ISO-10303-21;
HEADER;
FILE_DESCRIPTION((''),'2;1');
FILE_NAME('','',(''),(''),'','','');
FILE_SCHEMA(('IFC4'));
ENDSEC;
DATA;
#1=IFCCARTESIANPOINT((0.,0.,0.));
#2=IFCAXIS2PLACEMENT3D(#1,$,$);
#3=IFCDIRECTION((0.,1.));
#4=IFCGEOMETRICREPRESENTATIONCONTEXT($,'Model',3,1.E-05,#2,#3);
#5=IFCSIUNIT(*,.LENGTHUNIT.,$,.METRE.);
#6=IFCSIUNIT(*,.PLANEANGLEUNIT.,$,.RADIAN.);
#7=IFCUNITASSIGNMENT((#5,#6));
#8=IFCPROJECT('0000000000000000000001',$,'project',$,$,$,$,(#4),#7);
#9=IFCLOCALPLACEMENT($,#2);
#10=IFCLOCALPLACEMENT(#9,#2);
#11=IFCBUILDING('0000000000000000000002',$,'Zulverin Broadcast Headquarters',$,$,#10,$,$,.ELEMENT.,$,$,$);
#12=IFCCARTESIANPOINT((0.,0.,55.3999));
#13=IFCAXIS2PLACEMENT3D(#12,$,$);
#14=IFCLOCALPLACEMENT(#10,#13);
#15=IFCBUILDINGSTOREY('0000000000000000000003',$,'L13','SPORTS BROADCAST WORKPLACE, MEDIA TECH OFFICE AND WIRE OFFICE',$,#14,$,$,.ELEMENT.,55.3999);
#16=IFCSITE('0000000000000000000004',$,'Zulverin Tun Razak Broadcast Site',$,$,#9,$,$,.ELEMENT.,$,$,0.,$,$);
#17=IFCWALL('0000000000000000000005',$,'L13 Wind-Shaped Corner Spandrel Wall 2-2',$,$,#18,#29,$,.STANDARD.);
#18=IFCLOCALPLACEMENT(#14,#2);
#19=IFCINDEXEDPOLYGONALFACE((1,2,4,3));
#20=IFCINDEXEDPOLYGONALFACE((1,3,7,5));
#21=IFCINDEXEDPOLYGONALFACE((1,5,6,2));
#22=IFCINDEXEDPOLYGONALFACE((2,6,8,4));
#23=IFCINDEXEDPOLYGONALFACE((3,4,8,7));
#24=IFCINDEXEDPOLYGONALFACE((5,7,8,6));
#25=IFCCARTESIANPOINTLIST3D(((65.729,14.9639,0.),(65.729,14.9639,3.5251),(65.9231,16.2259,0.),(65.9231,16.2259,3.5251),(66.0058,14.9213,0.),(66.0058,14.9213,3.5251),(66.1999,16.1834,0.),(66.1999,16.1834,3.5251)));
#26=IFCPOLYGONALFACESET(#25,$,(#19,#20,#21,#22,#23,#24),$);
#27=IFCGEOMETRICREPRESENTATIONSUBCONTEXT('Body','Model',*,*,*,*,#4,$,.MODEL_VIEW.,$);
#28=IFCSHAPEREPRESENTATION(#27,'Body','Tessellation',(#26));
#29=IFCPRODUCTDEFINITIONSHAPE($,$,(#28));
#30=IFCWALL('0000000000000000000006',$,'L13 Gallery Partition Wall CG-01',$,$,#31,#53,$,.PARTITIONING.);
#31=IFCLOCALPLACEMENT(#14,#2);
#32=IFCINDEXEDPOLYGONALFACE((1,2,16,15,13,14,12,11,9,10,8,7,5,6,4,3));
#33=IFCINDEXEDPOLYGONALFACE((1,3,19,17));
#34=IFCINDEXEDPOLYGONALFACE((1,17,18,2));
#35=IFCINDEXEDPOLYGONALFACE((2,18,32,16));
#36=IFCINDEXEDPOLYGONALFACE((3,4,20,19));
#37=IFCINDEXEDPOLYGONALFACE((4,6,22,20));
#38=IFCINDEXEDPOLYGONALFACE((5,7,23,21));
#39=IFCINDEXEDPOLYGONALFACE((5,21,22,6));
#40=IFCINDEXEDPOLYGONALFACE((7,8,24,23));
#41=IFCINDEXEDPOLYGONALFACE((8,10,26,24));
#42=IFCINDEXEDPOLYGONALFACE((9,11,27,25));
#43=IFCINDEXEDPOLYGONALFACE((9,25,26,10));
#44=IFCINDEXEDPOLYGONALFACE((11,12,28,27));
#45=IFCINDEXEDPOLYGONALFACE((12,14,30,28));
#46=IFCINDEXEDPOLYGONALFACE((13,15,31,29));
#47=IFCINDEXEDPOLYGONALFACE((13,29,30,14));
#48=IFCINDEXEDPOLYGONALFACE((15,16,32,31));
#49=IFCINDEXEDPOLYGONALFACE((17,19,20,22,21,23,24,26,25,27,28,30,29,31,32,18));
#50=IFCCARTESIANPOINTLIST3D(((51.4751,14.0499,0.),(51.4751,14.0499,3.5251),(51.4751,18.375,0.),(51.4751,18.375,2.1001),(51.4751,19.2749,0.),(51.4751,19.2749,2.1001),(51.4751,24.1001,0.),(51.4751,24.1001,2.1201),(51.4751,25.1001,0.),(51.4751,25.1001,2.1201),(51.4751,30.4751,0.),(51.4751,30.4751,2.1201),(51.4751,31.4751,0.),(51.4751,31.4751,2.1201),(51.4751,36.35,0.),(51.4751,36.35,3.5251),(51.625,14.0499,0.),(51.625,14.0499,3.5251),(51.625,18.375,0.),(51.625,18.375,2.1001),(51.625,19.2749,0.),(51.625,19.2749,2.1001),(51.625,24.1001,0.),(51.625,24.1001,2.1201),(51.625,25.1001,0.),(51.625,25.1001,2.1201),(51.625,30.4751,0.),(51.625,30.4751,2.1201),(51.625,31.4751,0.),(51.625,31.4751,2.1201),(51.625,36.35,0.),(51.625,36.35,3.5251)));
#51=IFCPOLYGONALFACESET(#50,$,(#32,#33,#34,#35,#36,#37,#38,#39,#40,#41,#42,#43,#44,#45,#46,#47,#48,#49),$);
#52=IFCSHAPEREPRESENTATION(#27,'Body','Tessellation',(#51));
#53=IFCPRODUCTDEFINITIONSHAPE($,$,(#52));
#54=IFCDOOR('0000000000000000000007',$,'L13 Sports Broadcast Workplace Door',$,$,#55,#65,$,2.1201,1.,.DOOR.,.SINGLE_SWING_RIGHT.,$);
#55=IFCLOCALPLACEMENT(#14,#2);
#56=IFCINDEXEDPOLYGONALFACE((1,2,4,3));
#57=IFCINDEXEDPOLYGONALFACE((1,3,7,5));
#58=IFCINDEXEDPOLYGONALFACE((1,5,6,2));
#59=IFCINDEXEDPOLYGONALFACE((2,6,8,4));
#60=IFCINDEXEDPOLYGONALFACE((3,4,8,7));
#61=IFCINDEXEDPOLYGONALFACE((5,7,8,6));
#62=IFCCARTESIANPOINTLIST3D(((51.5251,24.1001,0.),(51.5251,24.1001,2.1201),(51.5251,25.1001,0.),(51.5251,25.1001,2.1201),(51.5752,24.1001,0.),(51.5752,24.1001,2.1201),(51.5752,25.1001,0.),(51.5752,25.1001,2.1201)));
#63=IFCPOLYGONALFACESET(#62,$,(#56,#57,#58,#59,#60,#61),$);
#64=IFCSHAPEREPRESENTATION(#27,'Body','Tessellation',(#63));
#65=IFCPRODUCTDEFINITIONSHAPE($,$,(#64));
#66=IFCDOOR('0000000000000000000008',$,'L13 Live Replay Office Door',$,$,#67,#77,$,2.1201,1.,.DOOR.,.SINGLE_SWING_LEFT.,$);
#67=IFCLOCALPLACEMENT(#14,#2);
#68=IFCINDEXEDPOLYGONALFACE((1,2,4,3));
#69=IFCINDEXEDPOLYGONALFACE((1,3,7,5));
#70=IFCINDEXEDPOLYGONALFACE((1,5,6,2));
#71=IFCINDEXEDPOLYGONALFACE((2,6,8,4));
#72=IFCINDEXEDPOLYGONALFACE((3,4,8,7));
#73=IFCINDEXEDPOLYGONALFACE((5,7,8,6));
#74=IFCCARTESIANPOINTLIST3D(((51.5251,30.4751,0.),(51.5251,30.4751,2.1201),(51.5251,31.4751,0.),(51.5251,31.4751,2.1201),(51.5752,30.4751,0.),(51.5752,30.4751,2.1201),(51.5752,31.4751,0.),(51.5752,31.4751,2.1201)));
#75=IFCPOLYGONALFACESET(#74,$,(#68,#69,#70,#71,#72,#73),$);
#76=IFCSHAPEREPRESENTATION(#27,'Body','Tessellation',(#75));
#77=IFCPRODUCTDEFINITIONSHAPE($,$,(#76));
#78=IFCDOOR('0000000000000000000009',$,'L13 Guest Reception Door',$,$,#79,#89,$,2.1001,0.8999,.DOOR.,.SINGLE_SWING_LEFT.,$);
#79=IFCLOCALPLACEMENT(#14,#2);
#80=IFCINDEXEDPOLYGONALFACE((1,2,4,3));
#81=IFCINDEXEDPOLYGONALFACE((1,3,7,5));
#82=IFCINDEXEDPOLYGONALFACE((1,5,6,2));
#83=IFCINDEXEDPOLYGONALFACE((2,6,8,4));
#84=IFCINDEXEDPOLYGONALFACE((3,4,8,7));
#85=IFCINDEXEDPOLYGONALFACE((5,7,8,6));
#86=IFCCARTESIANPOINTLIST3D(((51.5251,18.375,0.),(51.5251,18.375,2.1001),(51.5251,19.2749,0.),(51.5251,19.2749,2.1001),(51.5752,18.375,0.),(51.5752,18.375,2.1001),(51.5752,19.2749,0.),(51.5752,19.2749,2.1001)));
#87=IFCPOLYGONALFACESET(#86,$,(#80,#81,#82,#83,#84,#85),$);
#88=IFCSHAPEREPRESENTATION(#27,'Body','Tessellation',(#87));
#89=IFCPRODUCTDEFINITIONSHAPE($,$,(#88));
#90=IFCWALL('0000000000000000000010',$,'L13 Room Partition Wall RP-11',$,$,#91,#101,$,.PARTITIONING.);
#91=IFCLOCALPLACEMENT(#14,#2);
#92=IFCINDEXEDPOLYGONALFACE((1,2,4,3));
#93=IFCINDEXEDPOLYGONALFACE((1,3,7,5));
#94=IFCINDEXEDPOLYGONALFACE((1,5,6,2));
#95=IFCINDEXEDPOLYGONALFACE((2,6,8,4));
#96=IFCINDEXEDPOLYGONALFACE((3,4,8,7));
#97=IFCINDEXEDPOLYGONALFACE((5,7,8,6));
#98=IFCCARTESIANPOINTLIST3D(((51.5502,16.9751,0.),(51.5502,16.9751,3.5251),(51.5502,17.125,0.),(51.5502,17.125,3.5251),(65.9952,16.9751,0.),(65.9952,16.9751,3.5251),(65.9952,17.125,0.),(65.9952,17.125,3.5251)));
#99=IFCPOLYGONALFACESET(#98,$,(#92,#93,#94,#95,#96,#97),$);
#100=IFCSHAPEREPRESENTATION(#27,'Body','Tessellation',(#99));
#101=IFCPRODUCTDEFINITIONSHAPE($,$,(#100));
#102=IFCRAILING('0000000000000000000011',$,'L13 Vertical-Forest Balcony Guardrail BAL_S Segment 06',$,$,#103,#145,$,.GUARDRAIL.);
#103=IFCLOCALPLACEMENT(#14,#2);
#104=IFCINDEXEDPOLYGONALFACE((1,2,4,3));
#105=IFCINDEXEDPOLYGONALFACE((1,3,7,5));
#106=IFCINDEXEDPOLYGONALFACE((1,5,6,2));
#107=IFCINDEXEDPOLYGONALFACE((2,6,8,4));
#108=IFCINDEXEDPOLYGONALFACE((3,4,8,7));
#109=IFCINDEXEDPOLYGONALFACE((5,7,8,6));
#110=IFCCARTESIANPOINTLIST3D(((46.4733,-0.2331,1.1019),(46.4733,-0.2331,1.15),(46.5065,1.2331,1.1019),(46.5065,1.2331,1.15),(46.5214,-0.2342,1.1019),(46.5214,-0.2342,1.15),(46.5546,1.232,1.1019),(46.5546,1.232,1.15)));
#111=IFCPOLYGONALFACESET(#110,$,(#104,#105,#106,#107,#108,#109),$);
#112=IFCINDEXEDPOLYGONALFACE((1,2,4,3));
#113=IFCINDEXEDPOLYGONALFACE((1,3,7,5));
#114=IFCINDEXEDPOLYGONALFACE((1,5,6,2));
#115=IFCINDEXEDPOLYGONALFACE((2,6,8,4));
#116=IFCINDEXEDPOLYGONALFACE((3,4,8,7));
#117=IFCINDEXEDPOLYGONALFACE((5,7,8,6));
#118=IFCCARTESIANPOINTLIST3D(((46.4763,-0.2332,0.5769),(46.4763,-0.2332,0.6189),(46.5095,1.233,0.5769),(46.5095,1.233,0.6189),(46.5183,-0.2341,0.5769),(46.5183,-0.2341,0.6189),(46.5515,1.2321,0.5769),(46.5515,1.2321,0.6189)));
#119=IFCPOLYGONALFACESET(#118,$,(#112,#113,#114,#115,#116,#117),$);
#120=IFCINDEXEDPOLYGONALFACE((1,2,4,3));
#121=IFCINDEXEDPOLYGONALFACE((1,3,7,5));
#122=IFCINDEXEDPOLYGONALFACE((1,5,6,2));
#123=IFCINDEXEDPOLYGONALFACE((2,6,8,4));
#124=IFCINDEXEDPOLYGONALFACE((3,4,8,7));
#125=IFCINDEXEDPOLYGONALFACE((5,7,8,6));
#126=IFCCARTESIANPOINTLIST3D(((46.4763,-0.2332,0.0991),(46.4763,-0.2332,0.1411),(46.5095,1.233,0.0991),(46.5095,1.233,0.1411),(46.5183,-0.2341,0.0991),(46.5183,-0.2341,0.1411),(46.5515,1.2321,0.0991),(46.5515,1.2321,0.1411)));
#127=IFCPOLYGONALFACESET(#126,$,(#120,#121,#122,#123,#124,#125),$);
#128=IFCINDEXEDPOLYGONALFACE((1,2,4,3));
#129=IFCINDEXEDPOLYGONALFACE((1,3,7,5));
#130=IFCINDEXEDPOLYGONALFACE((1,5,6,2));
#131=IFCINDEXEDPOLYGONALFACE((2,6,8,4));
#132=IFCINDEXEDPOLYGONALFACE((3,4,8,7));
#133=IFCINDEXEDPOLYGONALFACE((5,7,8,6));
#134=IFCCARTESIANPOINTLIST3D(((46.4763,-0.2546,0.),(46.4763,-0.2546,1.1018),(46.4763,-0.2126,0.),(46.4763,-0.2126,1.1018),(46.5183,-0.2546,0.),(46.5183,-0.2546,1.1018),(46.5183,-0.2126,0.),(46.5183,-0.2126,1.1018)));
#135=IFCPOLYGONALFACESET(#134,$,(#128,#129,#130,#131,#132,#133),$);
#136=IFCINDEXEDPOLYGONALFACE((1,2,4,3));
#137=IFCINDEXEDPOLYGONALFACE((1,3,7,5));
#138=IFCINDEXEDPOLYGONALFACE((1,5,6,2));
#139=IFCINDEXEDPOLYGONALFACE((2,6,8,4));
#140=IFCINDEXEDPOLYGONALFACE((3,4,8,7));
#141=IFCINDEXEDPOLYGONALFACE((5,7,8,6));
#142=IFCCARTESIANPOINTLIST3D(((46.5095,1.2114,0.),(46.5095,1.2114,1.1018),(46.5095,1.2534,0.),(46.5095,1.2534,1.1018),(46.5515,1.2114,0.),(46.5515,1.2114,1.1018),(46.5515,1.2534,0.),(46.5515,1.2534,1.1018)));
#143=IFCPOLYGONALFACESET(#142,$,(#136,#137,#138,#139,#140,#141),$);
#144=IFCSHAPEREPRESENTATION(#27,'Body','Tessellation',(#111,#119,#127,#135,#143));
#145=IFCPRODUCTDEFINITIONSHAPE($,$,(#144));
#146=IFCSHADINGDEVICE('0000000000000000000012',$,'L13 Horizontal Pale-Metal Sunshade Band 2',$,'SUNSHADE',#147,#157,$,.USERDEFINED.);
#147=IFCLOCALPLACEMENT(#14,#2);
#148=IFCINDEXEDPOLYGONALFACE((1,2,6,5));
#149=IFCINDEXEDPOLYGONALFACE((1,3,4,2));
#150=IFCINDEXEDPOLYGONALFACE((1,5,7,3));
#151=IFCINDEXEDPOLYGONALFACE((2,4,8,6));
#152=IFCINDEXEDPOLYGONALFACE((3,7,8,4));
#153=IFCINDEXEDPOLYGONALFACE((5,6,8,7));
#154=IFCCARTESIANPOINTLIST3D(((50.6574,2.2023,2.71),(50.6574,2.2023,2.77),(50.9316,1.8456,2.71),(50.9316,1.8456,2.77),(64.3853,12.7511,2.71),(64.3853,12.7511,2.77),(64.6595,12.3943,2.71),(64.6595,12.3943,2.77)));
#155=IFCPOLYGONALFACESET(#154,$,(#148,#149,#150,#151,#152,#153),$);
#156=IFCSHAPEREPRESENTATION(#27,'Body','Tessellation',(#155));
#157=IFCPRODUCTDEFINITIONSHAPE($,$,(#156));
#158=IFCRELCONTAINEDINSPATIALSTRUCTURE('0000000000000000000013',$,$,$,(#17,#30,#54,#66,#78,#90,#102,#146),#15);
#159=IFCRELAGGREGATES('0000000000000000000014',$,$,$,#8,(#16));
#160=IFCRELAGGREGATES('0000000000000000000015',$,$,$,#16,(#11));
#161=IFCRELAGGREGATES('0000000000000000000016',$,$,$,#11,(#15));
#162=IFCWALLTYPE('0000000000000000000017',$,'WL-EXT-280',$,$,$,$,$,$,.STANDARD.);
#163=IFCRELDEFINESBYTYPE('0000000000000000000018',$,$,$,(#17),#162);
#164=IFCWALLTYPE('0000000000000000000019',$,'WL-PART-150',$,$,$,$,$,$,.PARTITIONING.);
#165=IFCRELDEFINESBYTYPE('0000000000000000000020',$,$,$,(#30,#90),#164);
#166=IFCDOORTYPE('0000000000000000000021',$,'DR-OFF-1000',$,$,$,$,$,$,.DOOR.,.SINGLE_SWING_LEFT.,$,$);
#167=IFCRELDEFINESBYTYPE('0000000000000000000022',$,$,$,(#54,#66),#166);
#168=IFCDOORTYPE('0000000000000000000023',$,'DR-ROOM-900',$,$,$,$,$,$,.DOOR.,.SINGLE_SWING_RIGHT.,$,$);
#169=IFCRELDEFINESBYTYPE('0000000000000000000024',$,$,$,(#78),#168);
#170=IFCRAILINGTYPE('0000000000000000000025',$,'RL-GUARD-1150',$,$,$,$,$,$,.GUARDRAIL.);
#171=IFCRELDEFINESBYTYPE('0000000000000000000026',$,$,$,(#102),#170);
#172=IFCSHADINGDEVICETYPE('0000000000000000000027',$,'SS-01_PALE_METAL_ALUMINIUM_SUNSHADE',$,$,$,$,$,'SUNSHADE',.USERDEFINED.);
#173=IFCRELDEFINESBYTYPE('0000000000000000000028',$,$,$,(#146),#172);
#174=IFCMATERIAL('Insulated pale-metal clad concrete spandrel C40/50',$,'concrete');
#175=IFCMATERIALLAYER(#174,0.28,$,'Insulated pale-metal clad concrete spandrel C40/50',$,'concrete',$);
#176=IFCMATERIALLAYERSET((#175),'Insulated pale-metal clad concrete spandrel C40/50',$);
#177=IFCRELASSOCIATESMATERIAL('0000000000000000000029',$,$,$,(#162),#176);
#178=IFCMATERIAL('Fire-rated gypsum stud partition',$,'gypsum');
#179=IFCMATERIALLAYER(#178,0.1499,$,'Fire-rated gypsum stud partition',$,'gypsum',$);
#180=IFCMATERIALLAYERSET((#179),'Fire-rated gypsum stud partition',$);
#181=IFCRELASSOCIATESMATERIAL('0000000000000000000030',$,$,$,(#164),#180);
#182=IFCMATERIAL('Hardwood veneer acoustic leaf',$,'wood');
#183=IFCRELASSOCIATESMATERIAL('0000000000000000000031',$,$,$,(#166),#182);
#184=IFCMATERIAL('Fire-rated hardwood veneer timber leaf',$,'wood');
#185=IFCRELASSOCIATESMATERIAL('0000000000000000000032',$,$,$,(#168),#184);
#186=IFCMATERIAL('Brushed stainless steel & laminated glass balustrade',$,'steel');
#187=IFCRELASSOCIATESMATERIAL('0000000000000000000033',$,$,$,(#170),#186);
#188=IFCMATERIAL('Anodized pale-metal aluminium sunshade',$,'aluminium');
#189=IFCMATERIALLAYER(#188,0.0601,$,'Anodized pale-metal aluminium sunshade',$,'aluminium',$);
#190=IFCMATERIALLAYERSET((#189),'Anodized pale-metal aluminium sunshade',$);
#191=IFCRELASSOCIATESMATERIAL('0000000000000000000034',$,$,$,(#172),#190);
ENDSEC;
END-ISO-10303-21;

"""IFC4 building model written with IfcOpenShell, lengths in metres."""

from ifc_helpers import new_model, si_unit, direction, frame, frame_2d, origin, origin_2d, place, context, subcontext, project, spatial, rectangle, extrude, material, layer, layer_set, type_object, element, fill, save


model = new_model("IFC4")

# Units and contexts
model_context = context("Model", 3, precision=1e-05, world=origin(), true_north=direction((0.0, 1.0)))
body_context = subcontext(model_context, "Body", "Model", "MODEL_VIEW")
ifc_project = project(units=[si_unit("LENGTHUNIT", "METRE"), si_unit("PLANEANGLEUNIT", "RADIAN")], contexts=[model_context])

# Site, building, storey
site_placement = place(None, origin())
site = spatial("IfcSite", under=ifc_project, at=site_placement, Name="Zulverin Tun Razak Broadcast Site", CompositionType="ELEMENT", RefElevation=0.0)
building_placement = place(site_placement, origin())
building = spatial("IfcBuilding", under=site, at=building_placement, Name="Zulverin Broadcast Headquarters", CompositionType="ELEMENT")
storey_placement = place(building_placement, frame((0.0, 0.0, 55.3999)))
storey = spatial("IfcBuildingStorey", under=building, at=storey_placement, Name="L13", Description="SPORTS BROADCAST WORKPLACE, MEDIA TECH OFFICE AND WIRE OFFICE", CompositionType="ELEMENT", Elevation=55.3999)

# Shared definitions
ifc_material_1 = material(Name="Insulated pale-metal clad concrete spandrel C40/50", Category="concrete")
ifc_layer_1 = layer(ifc_material_1, 0.28, Name="Insulated pale-metal clad concrete spandrel C40/50", Category="concrete")
ifc_layer_set_1 = layer_set([ifc_layer_1], Name="Insulated pale-metal clad concrete spandrel C40/50")
wall_type_1 = type_object("IfcWallType", Name="WL-EXT-280", PredefinedType="STANDARD", material=ifc_layer_set_1)

# Wall
wall_1_placement = place(storey_placement, frame((65.8674, 14.9426, 0.0), z_axis=(0.0, 0.0, 1.0), x_axis=(0.152014, 0.988378, 0.0)))
element("IfcWall", 1, at=wall_1_placement, inside=storey, type_object=wall_type_1, Name="L13 Wind-Shaped Corner Spandrel Wall 2-2", PredefinedType="STANDARD", context=body_context, shape_type="SweptSolid", body=[
    extrude(rectangle(XDim=1.2769, YDim=0.28, at=frame_2d((0.6384, 0.0))), origin(), (0.0, 0.0, 1.0), 3.5251),
])

# Wall, openings, doors
ifc_material_2 = material(Name="Fire-rated gypsum stud partition", Category="gypsum")
ifc_layer_2 = layer(ifc_material_2, 0.1499, Name="Fire-rated gypsum stud partition", Category="gypsum")
ifc_layer_set_2 = layer_set([ifc_layer_2], Name="Fire-rated gypsum stud partition")
wall_type_2 = type_object("IfcWallType", Name="WL-PART-150", PredefinedType="PARTITIONING", material=ifc_layer_set_2)
wall_2_placement = place(storey_placement, frame((51.55, 14.05, 0.0), z_axis=(0.0, 0.0, 1.0), x_axis=(0.0, 1.0, 0.0)))
wall_2 = element("IfcWall", 2, at=wall_2_placement, inside=storey, type_object=wall_type_2, Name="L13 Gallery Partition Wall CG-01", PredefinedType="PARTITIONING", context=body_context, shape_type="SweptSolid", body=[
    extrude(rectangle(XDim=22.3, YDim=0.1499, at=frame_2d((11.1499, 0.0))), origin(), (0.0, 0.0, 1.0), 3.5251),
])
opening_1_placement = place(wall_2_placement, frame((4.325, 0.0, 0.0)))
opening_1 = element("IfcOpeningElement", 3, at=opening_1_placement, cuts=wall_2, PredefinedType="OPENING", context=body_context, shape_type="SweptSolid", body=[
    extrude(rectangle(XDim=0.8999, YDim=2.1001, at=frame_2d((0.45, 1.05))), frame((0.0, 0.085, 0.0), z_axis=(0.0, -1.0, 0.0), x_axis=(1.0, 0.0, 0.0)), (0.0, 0.0, 1.0), 0.1699),
])
opening_2_placement = place(wall_2_placement, frame((10.05, 0.0, 0.0)))
opening_2 = element("IfcOpeningElement", 4, at=opening_2_placement, cuts=wall_2, PredefinedType="OPENING", context=body_context, shape_type="SweptSolid", body=[
    extrude(rectangle(XDim=1.0, YDim=2.1201, at=frame_2d((0.5, 1.0601))), frame((0.0, 0.085, 0.0), z_axis=(0.0, -1.0, 0.0), x_axis=(1.0, 0.0, 0.0)), (0.0, 0.0, 1.0), 0.1699),
])
opening_3_placement = place(wall_2_placement, frame((16.425, 0.0, 0.0)))
opening_3 = element("IfcOpeningElement", 5, at=opening_3_placement, cuts=wall_2, PredefinedType="OPENING", context=body_context, shape_type="SweptSolid", body=[
    extrude(rectangle(XDim=1.0, YDim=2.1201, at=frame_2d((0.5, 1.0601))), frame((0.0, 0.085, 0.0), z_axis=(0.0, -1.0, 0.0), x_axis=(1.0, 0.0, 0.0)), (0.0, 0.0, 1.0), 0.1699),
])
ifc_material_3 = material(Name="Hardwood veneer acoustic leaf", Category="wood")
door_type_1 = type_object("IfcDoorType", Name="DR-OFF-1000", OperationType="SINGLE_SWING_LEFT", PredefinedType="DOOR", material=ifc_material_3)
door_1_placement = place(opening_2_placement, origin())
door_1 = element("IfcDoor", 6, at=door_1_placement, inside=storey, type_object=door_type_1, Name="L13 Sports Broadcast Workplace Door", OperationType="SINGLE_SWING_RIGHT", OverallHeight=2.1201, OverallWidth=1.0, PredefinedType="DOOR", context=body_context, shape_type="SweptSolid", body=[
    extrude(rectangle(XDim=1.0, YDim=2.1201, at=frame_2d((0.5, 1.0601))), frame((0.0, 0.0249, 0.0), z_axis=(0.0, -1.0, 0.0), x_axis=(1.0, 0.0, 0.0)), (0.0, 0.0, 1.0), 0.05),
])
fill(opening_2, door_1)
door_2_placement = place(opening_3_placement, origin())
door_2 = element("IfcDoor", 7, at=door_2_placement, inside=storey, type_object=door_type_1, Name="L13 Live Replay Office Door", OperationType="SINGLE_SWING_LEFT", OverallHeight=2.1201, OverallWidth=1.0, PredefinedType="DOOR", context=body_context, shape_type="SweptSolid", body=[
    extrude(rectangle(XDim=1.0, YDim=2.1201, at=frame_2d((0.5, 1.0601))), frame((0.0, 0.0249, 0.0), z_axis=(0.0, -1.0, 0.0), x_axis=(1.0, 0.0, 0.0)), (0.0, 0.0, 1.0), 0.05),
])
fill(opening_3, door_2)
ifc_material_4 = material(Name="Fire-rated hardwood veneer timber leaf", Category="wood")
door_type_2 = type_object("IfcDoorType", Name="DR-ROOM-900", OperationType="SINGLE_SWING_RIGHT", PredefinedType="DOOR", material=ifc_material_4)
door_3_placement = place(opening_1_placement, origin())
door_3 = element("IfcDoor", 8, at=door_3_placement, inside=storey, type_object=door_type_2, Name="L13 Guest Reception Door", OperationType="SINGLE_SWING_LEFT", OverallHeight=2.1001, OverallWidth=0.8999, PredefinedType="DOOR", context=body_context, shape_type="SweptSolid", body=[
    extrude(rectangle(XDim=0.8999, YDim=2.1001, at=frame_2d((0.45, 1.05))), frame((0.0, 0.0249, 0.0), z_axis=(0.0, -1.0, 0.0), x_axis=(1.0, 0.0, 0.0)), (0.0, 0.0, 1.0), 0.05),
])
fill(opening_1, door_3)

# Wall
wall_3_placement = place(storey_placement, frame((51.55, 17.05, 0.0), z_axis=(0.0, 0.0, 1.0), x_axis=(1.0, 0.0, 0.0)))
element("IfcWall", 9, at=wall_3_placement, inside=storey, type_object=wall_type_2, Name="L13 Room Partition Wall RP-11", PredefinedType="PARTITIONING", context=body_context, shape_type="SweptSolid", body=[
    extrude(rectangle(XDim=14.4451, YDim=0.1499, at=frame_2d((7.2227, 0.0))), origin(), (0.0, 0.0, 1.0), 3.5251),
])

# Railing
ifc_material_5 = material(Name="Brushed stainless steel & laminated glass balustrade", Category="steel")
railing_type = type_object("IfcRailingType", Name="RL-GUARD-1150", PredefinedType="GUARDRAIL", material=ifc_material_5)
railing_placement = place(storey_placement, frame((46.4973, -0.2336, 0.0)))
element("IfcRailing", 10, at=railing_placement, inside=storey, type_object=railing_type, Name="L13 Vertical-Forest Balcony Guardrail BAL_S Segment 06", PredefinedType="GUARDRAIL", context=body_context, shape_type="SweptSolid", body=[
    extrude(rectangle(XDim=0.0481, YDim=0.0481, at=origin_2d()), frame((0.0, 0.0, 1.126), z_axis=(0.022642, 0.999744, 0.0), x_axis=(-0.999744, 0.022642, 0.0)), (0.0, 0.0, 1.0), 1.4666),
    extrude(rectangle(XDim=0.042, YDim=0.042, at=origin_2d()), frame((0.0, 0.0, 0.5979), z_axis=(0.022642, 0.999744, 0.0), x_axis=(-0.999744, 0.022642, 0.0)), (0.0, 0.0, 1.0), 1.4666),
    extrude(rectangle(XDim=0.042, YDim=0.042, at=origin_2d()), frame((0.0, 0.0, 0.1201), z_axis=(0.022642, 0.999744, 0.0), x_axis=(-0.999744, 0.022642, 0.0)), (0.0, 0.0, 1.0), 1.4666),
    extrude(rectangle(XDim=0.042, YDim=0.042, at=origin_2d()), origin(), (0.0, 0.0, 1.0), 1.1018),
    extrude(rectangle(XDim=0.042, YDim=0.042, at=origin_2d()), frame((0.0332, 1.4661, 0.0)), (0.0, 0.0, 1.0), 1.1018),
])

# Shading device
ifc_material_6 = material(Name="Anodized pale-metal aluminium sunshade", Category="aluminium")
ifc_layer_3 = layer(ifc_material_6, 0.0601, Name="Anodized pale-metal aluminium sunshade", Category="aluminium")
ifc_layer_set_3 = layer_set([ifc_layer_3], Name="Anodized pale-metal aluminium sunshade")
shading_device_type = type_object("IfcShadingDeviceType", Name="SS-01_PALE_METAL_ALUMINIUM_SUNSHADE", ElementType="SUNSHADE", PredefinedType="USERDEFINED", material=ifc_layer_set_3)
shading_device_placement = place(storey_placement, frame((57.6584, 7.2983, 2.71), z_axis=(0.0, 0.0, 1.0), x_axis=(0.792933, 0.609308, 0.0)))
element("IfcShadingDevice", 11, at=shading_device_placement, inside=storey, type_object=shading_device_type, Name="L13 Horizontal Pale-Metal Sunshade Band 2", ObjectType="SUNSHADE", PredefinedType="USERDEFINED", context=body_context, shape_type="SweptSolid", body=[
    extrude(rectangle(XDim=17.3127, YDim=0.45, at=origin_2d()), origin(), (0.0, 0.0, 1.0), 0.0601),
])

save(model, "model.ifc")
